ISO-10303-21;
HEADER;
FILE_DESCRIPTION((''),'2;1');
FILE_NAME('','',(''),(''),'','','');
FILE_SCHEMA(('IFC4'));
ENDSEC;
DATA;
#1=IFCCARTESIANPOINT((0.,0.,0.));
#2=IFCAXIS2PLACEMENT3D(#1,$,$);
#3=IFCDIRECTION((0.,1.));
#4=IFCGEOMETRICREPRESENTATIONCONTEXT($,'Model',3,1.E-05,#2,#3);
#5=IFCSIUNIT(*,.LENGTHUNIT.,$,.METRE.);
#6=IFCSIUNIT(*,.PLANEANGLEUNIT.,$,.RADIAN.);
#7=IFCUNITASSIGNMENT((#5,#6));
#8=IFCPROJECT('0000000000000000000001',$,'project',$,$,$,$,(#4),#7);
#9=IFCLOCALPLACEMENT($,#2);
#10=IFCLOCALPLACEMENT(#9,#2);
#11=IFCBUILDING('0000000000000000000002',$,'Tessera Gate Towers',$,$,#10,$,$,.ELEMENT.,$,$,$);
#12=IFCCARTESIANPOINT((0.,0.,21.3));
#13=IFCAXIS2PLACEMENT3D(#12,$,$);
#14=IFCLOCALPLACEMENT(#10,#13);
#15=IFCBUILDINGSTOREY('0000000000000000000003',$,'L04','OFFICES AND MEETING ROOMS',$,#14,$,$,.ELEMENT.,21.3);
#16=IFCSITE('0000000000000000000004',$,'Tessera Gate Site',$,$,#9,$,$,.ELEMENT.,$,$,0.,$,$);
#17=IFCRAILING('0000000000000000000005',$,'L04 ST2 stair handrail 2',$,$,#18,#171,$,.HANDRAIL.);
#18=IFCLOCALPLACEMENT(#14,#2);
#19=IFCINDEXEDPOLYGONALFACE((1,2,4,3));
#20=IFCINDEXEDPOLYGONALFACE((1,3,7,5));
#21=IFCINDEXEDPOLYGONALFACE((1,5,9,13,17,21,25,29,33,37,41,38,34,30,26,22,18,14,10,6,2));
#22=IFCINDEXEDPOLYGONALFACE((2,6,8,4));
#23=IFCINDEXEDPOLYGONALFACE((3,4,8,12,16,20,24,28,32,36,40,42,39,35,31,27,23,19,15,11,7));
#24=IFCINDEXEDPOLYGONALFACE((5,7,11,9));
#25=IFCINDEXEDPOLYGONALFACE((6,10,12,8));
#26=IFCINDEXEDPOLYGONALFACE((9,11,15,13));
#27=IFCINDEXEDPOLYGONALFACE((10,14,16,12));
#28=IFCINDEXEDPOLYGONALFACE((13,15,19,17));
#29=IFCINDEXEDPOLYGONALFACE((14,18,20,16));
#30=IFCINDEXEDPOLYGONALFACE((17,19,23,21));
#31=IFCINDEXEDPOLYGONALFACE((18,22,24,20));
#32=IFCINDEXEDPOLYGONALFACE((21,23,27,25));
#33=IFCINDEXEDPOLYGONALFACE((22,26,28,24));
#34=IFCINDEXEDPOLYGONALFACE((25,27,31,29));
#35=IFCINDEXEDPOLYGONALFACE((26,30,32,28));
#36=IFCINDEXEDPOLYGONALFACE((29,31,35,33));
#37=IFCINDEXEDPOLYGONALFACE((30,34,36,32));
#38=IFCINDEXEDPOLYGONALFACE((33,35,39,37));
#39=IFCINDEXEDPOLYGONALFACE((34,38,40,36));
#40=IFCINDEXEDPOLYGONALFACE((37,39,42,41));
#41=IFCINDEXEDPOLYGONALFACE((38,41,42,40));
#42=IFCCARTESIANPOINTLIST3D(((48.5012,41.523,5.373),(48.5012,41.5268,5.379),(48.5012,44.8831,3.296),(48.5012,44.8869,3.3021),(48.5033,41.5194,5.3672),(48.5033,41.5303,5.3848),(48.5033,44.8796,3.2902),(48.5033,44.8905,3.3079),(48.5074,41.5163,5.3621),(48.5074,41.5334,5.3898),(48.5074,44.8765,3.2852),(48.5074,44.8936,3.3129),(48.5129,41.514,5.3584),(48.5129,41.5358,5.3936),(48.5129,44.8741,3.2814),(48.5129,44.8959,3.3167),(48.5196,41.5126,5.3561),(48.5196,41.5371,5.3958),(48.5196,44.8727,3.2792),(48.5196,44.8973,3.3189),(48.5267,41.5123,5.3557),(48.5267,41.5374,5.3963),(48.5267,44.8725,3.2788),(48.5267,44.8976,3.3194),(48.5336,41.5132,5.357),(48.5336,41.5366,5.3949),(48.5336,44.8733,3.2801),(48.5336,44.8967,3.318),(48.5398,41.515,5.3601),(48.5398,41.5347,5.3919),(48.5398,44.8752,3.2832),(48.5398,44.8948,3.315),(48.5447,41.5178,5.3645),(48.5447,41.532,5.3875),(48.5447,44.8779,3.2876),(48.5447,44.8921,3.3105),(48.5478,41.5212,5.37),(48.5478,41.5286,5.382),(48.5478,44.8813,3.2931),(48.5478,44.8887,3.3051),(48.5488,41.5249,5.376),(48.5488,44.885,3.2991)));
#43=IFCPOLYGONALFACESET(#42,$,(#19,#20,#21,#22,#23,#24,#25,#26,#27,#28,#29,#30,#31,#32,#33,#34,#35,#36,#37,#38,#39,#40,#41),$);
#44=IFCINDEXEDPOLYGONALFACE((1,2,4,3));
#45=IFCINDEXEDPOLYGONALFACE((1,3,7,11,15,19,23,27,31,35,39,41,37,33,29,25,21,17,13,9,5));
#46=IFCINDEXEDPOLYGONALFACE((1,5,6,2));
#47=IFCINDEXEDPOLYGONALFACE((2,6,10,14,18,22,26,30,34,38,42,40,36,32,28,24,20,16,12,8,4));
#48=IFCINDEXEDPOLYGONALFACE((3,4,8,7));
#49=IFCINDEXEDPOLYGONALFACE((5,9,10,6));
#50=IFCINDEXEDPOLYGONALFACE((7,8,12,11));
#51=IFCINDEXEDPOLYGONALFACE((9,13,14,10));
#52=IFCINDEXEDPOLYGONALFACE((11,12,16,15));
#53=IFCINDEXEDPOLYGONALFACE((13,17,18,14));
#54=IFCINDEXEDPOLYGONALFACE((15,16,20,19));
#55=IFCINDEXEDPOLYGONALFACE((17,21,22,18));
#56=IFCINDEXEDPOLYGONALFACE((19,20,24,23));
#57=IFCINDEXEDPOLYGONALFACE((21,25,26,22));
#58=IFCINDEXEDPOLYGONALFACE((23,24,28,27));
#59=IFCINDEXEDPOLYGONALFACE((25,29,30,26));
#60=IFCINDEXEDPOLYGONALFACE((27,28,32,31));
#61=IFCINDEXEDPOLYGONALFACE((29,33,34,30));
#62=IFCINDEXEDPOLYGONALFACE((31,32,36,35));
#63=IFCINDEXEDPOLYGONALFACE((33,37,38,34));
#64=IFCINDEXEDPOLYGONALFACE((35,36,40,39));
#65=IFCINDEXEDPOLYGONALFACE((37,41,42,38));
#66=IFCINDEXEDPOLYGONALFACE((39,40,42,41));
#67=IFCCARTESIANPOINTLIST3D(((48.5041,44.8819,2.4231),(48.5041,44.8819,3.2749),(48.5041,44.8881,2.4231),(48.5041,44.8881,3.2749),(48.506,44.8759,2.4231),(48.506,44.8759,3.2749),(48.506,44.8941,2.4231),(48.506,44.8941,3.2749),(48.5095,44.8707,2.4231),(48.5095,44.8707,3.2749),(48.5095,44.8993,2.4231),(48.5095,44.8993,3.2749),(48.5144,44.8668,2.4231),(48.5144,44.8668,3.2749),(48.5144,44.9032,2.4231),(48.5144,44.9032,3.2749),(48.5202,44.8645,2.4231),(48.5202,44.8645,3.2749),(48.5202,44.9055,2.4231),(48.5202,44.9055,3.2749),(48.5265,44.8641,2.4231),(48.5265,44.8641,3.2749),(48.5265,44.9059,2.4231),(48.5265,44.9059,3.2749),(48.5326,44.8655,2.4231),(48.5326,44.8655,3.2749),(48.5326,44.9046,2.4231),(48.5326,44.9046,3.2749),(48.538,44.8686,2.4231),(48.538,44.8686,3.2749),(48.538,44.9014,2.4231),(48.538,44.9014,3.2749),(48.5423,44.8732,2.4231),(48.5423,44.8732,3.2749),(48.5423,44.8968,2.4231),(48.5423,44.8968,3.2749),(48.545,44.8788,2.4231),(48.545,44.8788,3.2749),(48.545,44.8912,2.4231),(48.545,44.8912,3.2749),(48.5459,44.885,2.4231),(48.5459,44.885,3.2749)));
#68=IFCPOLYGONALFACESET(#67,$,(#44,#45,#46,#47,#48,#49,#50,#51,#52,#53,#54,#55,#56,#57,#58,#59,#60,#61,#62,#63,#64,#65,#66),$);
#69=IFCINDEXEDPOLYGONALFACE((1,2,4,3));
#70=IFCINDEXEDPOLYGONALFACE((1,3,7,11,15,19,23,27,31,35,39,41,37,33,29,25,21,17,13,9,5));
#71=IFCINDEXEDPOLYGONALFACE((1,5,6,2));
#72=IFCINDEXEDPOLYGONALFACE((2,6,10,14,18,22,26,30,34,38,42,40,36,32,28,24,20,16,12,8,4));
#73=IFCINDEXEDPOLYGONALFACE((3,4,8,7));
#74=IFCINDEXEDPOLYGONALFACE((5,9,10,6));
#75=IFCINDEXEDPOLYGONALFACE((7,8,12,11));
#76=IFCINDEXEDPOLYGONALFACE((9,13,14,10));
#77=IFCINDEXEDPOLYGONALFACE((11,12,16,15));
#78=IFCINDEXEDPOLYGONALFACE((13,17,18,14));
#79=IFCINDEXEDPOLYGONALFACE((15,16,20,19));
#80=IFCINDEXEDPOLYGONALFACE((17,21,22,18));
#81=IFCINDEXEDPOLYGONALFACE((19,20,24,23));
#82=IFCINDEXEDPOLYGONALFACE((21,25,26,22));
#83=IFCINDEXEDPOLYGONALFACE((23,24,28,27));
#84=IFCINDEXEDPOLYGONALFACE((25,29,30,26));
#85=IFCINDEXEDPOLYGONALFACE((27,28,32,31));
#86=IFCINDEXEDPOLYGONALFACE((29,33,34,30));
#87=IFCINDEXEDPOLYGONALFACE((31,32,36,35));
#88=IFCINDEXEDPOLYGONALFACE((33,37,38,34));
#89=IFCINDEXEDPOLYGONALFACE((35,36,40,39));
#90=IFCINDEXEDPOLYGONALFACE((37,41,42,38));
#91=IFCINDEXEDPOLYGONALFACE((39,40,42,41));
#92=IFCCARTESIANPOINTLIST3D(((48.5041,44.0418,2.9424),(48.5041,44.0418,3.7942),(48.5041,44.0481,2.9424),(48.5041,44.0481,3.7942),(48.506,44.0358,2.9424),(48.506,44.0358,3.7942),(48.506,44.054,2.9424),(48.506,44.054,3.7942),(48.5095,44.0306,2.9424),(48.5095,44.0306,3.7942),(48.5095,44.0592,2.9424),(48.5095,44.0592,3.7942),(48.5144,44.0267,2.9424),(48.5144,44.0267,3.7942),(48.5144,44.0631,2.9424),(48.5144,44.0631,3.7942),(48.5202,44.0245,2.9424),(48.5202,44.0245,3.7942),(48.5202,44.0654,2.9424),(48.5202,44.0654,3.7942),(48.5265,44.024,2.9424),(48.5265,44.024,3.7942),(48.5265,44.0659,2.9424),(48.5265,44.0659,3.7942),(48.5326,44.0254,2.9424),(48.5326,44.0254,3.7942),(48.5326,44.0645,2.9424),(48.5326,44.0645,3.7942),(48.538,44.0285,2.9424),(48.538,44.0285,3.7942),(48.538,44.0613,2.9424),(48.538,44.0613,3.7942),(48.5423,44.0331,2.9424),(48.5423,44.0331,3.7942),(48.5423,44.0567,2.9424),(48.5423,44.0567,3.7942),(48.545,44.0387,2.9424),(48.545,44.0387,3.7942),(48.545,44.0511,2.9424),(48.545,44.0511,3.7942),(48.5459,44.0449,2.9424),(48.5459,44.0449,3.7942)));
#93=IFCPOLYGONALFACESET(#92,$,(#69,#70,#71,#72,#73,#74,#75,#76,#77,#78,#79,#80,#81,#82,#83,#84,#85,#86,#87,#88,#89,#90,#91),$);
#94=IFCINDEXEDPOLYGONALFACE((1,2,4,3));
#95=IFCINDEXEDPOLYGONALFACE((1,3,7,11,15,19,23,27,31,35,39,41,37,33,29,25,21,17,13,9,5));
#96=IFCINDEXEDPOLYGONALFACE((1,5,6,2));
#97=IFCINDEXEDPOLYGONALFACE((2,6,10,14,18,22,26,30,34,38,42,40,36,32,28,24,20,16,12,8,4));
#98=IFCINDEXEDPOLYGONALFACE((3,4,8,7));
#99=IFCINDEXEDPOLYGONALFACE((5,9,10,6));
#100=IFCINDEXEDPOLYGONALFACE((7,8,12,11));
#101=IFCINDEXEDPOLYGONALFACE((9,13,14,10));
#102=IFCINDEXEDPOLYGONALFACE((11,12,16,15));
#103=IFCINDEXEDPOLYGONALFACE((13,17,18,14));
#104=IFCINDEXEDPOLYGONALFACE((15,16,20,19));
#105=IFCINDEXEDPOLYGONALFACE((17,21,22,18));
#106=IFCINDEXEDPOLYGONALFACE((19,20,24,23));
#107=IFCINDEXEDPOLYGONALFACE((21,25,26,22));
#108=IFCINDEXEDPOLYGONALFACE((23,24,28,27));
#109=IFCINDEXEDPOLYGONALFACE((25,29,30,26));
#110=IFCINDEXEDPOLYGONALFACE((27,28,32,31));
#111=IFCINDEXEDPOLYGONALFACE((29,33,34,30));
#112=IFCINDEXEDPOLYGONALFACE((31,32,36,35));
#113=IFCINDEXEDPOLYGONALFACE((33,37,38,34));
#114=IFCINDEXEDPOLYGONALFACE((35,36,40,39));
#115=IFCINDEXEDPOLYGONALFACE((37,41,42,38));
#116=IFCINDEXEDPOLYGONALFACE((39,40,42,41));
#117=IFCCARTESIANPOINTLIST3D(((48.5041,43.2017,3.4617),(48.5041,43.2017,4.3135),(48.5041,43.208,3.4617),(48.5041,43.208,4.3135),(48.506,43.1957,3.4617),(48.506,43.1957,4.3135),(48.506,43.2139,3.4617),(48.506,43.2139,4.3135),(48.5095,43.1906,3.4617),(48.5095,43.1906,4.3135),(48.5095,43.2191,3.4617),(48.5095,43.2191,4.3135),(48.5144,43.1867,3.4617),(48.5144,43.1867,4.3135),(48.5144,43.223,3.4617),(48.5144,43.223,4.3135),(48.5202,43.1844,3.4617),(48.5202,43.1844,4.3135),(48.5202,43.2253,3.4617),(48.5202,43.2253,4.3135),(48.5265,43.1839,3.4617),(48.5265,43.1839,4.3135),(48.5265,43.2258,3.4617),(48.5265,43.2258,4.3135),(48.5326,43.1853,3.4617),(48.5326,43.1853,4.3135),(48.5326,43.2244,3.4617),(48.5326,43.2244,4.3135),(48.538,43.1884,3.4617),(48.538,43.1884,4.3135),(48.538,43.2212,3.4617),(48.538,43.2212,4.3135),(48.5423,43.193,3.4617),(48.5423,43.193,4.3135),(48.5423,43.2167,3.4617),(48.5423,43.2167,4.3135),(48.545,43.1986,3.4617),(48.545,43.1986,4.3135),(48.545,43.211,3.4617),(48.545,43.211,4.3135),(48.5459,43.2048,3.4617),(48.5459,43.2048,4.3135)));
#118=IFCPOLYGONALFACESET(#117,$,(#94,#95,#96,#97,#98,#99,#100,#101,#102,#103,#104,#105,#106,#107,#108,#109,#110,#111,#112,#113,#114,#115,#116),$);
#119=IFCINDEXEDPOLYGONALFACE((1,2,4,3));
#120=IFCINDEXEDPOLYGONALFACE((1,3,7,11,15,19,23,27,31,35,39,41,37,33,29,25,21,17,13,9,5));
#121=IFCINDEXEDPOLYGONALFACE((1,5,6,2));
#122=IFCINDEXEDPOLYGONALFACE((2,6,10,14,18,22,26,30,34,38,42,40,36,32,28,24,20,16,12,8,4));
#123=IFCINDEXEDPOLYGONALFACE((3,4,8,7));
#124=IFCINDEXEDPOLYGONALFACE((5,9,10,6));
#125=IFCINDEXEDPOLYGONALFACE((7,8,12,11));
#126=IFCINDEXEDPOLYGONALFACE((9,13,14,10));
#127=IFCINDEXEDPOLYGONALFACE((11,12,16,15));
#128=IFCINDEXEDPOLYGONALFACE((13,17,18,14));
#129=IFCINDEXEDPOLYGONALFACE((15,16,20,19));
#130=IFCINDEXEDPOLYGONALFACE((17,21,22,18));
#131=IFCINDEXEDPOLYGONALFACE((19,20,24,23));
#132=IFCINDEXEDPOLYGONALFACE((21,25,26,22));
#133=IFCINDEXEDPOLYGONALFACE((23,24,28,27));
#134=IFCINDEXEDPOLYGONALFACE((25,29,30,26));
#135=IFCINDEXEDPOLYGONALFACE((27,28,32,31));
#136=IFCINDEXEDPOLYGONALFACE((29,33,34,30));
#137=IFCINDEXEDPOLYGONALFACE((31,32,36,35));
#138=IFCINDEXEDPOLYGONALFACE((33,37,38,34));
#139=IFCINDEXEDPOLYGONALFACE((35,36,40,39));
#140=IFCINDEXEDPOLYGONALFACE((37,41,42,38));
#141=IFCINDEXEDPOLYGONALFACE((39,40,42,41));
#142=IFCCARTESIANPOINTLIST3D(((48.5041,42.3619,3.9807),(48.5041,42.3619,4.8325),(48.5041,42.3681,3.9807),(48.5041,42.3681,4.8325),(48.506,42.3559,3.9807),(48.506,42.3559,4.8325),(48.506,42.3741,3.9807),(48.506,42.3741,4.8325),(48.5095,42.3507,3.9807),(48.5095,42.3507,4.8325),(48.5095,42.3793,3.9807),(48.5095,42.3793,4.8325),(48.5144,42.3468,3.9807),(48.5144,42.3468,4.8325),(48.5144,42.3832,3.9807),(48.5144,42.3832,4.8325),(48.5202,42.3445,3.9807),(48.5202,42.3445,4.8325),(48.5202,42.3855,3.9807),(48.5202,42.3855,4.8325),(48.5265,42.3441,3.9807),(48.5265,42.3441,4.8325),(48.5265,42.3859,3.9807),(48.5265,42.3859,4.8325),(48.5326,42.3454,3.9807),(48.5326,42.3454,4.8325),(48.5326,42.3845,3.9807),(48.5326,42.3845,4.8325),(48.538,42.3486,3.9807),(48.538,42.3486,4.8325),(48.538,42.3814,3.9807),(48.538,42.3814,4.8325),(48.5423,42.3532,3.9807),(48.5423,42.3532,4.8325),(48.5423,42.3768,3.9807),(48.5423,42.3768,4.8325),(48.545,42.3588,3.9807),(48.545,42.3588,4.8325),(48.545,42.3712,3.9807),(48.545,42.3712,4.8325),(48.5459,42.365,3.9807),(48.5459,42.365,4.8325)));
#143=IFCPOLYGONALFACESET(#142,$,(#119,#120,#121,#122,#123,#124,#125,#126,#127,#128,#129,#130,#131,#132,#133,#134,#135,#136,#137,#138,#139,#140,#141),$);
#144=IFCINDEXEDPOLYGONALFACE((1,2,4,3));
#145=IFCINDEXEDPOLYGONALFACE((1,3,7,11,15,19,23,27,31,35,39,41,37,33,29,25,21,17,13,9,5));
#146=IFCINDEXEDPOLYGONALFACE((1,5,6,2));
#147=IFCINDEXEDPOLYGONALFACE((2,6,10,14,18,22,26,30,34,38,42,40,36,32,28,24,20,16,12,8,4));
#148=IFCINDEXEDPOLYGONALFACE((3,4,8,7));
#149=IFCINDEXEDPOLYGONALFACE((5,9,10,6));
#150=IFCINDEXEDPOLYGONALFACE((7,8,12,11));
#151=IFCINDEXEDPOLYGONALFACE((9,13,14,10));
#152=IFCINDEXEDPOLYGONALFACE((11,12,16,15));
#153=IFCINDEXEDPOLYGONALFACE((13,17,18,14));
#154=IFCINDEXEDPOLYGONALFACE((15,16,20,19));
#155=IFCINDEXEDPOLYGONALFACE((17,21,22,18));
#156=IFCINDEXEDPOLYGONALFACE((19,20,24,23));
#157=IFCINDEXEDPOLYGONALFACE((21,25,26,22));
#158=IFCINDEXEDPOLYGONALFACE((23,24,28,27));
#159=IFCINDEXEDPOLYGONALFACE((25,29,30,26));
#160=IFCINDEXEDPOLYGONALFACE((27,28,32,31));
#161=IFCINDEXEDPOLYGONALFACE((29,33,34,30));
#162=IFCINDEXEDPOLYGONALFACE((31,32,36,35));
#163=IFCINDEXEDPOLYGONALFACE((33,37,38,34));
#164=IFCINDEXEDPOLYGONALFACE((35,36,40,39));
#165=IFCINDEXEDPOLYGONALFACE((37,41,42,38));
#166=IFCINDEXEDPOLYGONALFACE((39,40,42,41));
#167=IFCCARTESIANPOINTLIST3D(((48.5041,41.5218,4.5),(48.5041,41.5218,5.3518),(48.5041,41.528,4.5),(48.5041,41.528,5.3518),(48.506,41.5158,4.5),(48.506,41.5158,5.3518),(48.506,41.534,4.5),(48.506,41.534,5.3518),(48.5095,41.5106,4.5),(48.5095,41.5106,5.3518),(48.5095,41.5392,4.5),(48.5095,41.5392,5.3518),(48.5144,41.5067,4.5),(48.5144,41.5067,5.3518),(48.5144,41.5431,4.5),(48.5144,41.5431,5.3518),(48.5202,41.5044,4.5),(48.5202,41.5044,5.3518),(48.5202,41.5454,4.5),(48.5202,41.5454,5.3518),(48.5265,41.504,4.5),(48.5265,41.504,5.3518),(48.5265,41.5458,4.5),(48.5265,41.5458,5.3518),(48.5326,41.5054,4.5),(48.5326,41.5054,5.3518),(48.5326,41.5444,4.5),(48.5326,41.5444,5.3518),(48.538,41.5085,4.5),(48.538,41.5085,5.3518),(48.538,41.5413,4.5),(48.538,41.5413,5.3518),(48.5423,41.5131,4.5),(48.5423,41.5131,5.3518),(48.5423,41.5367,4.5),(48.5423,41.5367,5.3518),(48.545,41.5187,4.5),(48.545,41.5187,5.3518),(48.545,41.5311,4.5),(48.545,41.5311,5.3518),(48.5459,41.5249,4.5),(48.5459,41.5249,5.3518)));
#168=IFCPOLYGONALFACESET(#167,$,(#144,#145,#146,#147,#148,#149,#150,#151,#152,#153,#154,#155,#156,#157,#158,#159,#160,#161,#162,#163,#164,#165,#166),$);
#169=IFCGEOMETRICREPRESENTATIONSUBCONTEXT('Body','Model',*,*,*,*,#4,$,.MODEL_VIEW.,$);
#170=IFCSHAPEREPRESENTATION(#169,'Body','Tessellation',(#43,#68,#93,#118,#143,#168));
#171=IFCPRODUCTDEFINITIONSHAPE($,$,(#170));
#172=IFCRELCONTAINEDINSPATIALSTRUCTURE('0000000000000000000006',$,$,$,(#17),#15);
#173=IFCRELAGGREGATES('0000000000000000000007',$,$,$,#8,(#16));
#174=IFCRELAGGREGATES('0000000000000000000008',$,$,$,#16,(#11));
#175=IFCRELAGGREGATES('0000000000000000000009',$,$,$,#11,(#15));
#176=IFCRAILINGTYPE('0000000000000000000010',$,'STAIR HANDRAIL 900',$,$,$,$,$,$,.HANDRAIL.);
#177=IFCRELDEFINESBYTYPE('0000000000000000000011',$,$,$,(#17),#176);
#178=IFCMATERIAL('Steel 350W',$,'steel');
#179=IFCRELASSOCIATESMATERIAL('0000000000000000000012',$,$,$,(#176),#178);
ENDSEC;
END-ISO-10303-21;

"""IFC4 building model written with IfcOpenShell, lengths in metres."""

from ifc_helpers import new_model, si_unit, direction, frame, origin, origin_2d, place, context, subcontext, project, spatial, circle, extrude, material, type_object, element, save


model = new_model("IFC4")

# Units and contexts
model_context = context("Model", 3, precision=1e-05, world=origin(), true_north=direction((0.0, 1.0)))
body_context = subcontext(model_context, "Body", "Model", "MODEL_VIEW")
ifc_project = project(units=[si_unit("LENGTHUNIT", "METRE"), si_unit("PLANEANGLEUNIT", "RADIAN")], contexts=[model_context])

# Site, building, storey
site_placement = place(None, origin())
site = spatial("IfcSite", under=ifc_project, at=site_placement, Name="Tessera Gate Site", CompositionType="ELEMENT", RefElevation=0.0)
building_placement = place(site_placement, origin())
building = spatial("IfcBuilding", under=site, at=building_placement, Name="Tessera Gate Towers", CompositionType="ELEMENT")
storey_placement = place(building_placement, frame((0.0, 0.0, 21.3)))
storey = spatial("IfcBuildingStorey", under=building, at=storey_placement, Name="L04", Description="OFFICES AND MEETING ROOMS", CompositionType="ELEMENT", Elevation=21.3)

# Railing
ifc_material_1 = material(Name="Steel 350W", Category="steel")
railing_type = type_object("IfcRailingType", Name="STAIR HANDRAIL 900", PredefinedType="HANDRAIL", material=ifc_material_1)
railing_placement = place(storey_placement, frame((48.5249, 44.885, 2.4231)))
element("IfcRailing", 1, at=railing_placement, inside=storey, type_object=railing_type, Name="L04 ST2 stair handrail 2", PredefinedType="HANDRAIL", context=body_context, shape_type="SweptSolid", body=[
    extrude(circle(Radius=0.0239, at=origin_2d()), frame((0.0, 0.0, 0.876), z_axis=(0.0, -0.850623, 0.525776), x_axis=(1.0, 0.0, 0.0)), (0.0, 0.0, 1.0), 3.9502),
    extrude(circle(Radius=0.021, at=origin_2d()), origin(), (0.0, 0.0, 1.0), 0.8518),
    extrude(circle(Radius=0.021, at=origin_2d()), frame((0.0, -0.8401, 0.5193)), (0.0, 0.0, 1.0), 0.8518),
    extrude(circle(Radius=0.021, at=origin_2d()), frame((0.0, -1.6802, 1.0386)), (0.0, 0.0, 1.0), 0.8518),
    extrude(circle(Radius=0.021, at=origin_2d()), frame((0.0, -2.52, 1.5576)), (0.0, 0.0, 1.0), 0.8518),
    extrude(circle(Radius=0.021, at=origin_2d()), frame((0.0, -3.3601, 2.0769)), (0.0, 0.0, 1.0), 0.8518),
])

save(model, "model.ifc")
